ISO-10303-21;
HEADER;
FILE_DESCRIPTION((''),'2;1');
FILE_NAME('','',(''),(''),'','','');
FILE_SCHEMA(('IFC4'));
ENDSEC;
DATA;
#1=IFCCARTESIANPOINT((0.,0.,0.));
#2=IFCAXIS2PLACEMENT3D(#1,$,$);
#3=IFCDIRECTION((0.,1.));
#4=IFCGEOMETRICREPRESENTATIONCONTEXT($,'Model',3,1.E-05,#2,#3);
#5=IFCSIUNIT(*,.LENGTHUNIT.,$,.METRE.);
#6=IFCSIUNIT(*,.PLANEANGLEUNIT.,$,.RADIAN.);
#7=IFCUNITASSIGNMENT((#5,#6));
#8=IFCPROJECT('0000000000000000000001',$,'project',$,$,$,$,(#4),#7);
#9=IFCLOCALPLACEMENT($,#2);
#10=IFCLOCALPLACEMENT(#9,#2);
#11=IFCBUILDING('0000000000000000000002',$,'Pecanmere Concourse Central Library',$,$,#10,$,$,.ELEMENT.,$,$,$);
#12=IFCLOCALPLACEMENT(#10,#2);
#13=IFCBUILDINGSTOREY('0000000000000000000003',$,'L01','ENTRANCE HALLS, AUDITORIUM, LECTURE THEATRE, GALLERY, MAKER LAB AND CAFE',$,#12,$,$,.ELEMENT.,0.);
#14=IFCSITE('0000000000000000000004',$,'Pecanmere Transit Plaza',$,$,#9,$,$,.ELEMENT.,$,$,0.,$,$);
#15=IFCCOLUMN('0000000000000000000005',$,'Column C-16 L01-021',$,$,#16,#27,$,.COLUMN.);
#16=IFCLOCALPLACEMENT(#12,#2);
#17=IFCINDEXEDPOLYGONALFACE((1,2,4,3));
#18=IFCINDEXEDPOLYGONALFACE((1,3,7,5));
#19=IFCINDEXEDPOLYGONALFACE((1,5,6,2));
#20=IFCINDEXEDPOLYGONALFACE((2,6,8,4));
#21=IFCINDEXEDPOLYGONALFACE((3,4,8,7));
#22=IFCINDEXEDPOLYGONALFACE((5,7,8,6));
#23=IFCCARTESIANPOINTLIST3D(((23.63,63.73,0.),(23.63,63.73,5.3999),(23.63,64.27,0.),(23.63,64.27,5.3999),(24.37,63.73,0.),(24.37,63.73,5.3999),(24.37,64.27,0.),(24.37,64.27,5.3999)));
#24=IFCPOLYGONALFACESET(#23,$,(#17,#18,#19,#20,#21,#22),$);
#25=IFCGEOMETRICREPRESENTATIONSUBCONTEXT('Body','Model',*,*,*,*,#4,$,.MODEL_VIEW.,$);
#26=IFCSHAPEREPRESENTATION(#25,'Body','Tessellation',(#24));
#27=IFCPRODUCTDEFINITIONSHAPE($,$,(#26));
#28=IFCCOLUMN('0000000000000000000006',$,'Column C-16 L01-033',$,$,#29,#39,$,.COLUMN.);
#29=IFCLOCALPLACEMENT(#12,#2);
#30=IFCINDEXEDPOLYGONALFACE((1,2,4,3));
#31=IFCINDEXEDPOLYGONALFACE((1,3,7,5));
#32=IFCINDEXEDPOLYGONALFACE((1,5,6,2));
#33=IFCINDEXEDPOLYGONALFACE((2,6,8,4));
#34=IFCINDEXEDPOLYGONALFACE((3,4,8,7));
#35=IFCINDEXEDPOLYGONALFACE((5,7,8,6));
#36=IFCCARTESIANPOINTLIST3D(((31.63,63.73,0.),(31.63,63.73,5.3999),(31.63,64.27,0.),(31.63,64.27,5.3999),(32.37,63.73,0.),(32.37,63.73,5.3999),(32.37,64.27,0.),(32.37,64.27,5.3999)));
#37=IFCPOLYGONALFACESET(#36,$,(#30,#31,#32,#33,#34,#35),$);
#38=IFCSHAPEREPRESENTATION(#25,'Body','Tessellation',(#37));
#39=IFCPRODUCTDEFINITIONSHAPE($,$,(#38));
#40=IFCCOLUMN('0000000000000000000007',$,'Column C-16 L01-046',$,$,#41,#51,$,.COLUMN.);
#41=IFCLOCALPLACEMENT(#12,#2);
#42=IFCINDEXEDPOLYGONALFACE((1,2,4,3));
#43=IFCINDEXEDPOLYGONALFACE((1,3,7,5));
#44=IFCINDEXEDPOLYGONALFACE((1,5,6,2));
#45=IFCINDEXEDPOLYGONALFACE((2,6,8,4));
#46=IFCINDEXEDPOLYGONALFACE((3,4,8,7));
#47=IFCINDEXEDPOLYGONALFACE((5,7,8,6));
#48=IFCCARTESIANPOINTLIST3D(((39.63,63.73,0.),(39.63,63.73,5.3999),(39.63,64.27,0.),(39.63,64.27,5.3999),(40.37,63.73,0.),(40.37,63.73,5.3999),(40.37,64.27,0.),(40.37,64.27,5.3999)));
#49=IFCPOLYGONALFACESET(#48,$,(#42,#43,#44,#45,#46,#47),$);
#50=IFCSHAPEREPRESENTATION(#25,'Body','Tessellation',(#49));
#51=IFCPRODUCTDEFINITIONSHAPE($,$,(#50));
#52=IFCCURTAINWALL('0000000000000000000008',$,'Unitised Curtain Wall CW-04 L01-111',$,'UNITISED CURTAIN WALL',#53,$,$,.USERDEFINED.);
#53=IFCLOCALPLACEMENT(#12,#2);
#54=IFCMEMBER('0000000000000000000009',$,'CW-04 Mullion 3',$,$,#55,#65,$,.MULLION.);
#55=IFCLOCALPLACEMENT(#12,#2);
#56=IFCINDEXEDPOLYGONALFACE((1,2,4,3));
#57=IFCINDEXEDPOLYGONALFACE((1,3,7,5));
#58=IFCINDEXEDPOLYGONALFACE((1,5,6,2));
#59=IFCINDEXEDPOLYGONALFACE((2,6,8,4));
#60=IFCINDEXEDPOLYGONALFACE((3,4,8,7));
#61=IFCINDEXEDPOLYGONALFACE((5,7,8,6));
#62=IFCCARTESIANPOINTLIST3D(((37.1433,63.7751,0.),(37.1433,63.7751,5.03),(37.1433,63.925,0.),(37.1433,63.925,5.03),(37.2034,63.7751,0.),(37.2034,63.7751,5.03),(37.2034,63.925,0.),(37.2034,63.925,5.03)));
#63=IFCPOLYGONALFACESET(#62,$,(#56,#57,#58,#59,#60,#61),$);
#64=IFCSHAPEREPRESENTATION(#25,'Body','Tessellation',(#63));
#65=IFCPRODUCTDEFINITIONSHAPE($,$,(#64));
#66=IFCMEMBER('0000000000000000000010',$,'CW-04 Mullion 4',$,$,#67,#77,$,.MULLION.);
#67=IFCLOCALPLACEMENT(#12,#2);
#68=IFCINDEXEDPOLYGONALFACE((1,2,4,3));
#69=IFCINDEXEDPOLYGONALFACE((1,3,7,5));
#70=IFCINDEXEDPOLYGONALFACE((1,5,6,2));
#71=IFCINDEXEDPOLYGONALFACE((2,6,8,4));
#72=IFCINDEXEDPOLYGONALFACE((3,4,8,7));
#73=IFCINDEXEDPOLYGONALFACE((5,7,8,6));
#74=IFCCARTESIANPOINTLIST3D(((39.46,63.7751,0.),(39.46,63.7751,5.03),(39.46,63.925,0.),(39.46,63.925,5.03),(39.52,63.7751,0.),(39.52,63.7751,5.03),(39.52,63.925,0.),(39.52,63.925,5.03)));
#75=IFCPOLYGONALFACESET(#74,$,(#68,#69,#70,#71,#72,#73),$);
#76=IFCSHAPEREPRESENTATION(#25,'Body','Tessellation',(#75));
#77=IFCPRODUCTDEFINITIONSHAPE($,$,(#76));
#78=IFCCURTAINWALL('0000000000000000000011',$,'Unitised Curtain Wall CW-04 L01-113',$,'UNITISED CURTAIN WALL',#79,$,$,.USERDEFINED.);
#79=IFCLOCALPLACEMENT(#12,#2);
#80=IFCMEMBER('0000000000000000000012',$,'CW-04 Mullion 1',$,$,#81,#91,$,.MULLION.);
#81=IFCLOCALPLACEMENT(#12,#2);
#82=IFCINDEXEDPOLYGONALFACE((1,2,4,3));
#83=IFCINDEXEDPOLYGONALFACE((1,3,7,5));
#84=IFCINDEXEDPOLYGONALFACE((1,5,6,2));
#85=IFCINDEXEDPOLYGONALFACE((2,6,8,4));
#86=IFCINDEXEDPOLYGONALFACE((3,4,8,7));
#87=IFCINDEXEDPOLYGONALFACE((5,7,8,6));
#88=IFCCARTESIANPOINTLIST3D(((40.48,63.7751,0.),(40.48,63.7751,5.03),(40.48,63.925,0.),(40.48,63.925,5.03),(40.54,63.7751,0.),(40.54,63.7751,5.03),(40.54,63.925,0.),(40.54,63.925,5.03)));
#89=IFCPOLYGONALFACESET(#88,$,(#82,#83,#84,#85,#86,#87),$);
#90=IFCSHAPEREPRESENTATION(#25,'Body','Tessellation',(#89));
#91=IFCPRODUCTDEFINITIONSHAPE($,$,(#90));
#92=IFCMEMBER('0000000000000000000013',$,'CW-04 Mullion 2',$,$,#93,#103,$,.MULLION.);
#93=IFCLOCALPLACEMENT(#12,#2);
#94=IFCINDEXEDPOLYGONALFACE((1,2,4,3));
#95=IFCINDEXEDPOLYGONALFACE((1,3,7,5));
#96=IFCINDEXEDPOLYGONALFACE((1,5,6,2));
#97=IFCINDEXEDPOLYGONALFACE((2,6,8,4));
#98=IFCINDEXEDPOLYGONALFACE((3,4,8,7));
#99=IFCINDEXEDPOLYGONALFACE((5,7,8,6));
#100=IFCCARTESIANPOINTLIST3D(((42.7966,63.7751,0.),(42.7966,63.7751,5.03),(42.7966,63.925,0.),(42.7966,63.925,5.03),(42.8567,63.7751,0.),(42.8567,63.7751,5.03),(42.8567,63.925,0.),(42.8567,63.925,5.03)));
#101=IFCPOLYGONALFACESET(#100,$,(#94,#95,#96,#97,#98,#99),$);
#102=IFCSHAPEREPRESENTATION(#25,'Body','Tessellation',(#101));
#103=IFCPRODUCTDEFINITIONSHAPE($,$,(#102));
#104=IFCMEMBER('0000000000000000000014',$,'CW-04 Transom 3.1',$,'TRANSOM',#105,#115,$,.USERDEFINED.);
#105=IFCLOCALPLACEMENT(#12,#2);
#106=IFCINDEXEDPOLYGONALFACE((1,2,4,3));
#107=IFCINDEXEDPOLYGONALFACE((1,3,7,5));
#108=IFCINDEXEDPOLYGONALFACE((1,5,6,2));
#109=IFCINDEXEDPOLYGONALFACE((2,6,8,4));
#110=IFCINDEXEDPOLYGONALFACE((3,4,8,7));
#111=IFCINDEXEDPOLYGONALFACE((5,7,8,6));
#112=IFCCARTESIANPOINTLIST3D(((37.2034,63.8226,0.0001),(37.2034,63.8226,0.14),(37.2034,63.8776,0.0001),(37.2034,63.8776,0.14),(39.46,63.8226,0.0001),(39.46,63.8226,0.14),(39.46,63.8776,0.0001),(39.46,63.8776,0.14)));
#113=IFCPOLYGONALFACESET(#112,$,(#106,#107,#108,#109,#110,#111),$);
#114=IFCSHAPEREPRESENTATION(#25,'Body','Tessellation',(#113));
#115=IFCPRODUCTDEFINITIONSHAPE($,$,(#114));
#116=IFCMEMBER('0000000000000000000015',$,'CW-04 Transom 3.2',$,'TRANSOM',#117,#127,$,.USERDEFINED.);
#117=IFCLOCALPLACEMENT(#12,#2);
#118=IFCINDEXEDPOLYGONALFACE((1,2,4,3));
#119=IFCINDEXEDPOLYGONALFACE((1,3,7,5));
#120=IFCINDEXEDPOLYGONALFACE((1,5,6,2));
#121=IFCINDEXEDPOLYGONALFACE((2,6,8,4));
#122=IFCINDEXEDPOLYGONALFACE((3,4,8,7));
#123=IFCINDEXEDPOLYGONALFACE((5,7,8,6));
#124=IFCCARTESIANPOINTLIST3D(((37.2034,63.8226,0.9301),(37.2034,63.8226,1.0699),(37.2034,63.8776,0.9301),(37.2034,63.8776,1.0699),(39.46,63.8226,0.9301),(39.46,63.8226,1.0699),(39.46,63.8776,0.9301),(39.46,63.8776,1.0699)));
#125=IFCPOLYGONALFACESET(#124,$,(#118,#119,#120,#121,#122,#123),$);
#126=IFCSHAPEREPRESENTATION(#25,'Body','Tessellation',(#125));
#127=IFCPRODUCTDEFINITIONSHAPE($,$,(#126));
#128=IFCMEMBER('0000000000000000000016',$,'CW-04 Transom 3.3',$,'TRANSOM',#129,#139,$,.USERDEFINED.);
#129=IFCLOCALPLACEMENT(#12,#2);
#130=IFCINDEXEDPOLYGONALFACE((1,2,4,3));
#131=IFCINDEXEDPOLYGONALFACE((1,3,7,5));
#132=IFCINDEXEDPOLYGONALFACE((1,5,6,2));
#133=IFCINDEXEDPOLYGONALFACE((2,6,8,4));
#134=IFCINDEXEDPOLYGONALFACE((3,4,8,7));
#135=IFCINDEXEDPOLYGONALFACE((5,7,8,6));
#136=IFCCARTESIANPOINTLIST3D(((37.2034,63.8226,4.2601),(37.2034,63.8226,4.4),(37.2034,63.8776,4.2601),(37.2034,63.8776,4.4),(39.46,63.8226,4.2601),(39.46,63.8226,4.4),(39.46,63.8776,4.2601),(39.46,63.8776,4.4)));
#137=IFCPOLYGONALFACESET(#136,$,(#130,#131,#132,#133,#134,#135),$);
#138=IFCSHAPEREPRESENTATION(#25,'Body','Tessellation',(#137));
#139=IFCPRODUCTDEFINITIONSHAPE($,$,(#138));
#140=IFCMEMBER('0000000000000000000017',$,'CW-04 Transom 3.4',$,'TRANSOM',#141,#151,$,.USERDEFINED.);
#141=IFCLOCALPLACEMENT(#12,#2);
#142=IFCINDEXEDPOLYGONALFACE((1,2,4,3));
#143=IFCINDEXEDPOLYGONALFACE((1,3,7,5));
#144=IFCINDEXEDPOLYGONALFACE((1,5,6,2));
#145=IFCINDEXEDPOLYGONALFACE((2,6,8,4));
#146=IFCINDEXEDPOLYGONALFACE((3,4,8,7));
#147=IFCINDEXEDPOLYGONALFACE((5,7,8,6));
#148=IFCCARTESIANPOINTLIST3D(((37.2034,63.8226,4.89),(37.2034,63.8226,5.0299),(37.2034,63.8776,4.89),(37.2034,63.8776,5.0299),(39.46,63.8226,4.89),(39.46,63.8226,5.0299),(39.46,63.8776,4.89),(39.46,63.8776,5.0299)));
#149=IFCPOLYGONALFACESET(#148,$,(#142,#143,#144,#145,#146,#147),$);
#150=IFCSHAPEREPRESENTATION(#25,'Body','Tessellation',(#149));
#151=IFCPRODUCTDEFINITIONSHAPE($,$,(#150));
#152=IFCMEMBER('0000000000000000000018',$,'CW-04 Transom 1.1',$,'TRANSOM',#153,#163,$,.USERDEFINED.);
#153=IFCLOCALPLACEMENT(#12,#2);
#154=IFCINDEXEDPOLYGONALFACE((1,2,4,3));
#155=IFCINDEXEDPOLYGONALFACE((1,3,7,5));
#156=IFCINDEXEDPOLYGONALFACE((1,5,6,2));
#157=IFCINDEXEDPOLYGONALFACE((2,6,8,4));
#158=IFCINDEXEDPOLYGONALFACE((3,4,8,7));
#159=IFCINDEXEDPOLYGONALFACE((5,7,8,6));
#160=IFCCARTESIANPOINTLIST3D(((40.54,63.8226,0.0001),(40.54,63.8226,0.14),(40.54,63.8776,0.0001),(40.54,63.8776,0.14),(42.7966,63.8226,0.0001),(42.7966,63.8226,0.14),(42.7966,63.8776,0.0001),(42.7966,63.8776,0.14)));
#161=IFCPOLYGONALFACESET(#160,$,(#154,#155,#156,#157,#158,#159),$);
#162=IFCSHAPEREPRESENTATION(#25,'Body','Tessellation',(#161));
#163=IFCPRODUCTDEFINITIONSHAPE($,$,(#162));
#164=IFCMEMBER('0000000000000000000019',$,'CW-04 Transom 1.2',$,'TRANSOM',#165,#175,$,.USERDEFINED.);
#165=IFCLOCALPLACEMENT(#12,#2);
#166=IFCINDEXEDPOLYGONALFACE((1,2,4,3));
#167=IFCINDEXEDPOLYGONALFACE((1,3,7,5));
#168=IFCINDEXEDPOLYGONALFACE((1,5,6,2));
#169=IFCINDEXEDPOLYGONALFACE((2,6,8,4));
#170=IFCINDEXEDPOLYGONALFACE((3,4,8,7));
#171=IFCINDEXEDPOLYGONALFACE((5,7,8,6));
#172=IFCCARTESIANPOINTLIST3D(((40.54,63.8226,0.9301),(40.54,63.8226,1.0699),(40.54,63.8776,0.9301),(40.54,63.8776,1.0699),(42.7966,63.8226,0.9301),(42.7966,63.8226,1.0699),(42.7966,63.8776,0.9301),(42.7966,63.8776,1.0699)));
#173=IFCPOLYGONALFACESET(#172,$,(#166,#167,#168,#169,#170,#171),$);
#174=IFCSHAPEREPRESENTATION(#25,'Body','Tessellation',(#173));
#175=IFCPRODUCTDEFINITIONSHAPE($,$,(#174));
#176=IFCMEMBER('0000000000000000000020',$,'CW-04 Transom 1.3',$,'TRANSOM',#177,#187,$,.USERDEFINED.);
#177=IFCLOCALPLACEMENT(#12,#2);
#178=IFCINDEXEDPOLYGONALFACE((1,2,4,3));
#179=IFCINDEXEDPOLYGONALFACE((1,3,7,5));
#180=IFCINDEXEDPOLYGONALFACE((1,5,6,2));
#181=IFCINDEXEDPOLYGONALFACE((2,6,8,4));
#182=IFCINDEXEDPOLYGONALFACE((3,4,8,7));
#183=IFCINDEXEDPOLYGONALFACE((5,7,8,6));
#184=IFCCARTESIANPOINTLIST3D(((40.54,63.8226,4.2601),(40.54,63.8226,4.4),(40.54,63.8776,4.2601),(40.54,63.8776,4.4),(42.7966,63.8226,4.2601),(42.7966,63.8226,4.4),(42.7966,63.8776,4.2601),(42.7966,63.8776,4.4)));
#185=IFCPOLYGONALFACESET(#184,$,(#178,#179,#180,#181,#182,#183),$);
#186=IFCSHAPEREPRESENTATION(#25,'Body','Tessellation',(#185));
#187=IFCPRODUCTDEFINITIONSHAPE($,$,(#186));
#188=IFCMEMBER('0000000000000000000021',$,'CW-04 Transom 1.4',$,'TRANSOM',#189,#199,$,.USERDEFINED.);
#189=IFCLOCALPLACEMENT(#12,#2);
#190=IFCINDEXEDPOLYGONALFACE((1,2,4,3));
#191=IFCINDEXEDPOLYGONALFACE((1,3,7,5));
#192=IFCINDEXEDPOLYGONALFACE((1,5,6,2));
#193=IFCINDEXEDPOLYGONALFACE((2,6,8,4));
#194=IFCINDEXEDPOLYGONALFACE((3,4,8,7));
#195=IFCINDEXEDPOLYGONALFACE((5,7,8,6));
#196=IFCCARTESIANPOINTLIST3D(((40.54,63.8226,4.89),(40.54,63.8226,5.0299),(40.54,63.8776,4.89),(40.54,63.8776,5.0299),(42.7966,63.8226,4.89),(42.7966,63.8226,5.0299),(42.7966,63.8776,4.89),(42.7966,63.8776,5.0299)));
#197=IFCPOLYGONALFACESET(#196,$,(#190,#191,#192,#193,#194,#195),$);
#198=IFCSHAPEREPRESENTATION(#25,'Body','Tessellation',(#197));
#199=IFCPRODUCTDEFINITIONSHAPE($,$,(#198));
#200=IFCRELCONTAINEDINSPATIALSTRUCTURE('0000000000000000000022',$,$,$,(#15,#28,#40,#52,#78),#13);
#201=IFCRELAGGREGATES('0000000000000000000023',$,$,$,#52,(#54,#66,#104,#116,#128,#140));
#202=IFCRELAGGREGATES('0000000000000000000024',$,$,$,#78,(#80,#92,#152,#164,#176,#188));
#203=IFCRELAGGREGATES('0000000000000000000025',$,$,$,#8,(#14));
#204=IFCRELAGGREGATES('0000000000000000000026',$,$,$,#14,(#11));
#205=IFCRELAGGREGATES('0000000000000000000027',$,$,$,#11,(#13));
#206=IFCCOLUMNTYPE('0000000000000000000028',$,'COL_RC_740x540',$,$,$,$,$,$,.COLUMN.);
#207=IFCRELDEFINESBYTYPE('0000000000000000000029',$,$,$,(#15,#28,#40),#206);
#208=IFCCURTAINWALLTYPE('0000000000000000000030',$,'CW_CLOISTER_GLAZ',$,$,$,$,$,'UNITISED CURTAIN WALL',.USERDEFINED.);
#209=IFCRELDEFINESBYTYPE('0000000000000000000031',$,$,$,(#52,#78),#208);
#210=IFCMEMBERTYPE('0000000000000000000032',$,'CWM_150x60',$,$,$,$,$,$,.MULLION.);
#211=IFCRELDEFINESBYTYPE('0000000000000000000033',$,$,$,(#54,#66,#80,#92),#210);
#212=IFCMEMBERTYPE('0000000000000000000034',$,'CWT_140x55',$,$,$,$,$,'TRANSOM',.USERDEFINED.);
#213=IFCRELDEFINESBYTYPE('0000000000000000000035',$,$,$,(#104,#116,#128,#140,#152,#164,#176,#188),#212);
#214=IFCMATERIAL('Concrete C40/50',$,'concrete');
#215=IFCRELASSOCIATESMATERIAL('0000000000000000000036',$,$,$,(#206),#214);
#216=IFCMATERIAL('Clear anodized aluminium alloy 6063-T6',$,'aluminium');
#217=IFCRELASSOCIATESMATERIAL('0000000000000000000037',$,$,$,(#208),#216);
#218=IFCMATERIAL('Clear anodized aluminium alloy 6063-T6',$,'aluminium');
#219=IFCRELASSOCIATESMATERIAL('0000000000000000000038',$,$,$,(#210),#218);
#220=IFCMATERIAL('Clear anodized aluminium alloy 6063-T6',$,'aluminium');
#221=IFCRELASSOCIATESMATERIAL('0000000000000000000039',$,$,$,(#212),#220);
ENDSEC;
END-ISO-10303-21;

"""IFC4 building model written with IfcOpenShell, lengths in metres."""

from ifc_helpers import new_model, si_unit, direction, frame, origin, origin_2d, place, context, subcontext, project, spatial, rectangle, extrude, material, material_profile, profile_set, type_object, element, aggregate, save


model = new_model("IFC4")

# Units and contexts
model_context = context("Model", 3, precision=1e-05, world=origin(), true_north=direction((0.0, 1.0)))
body_context = subcontext(model_context, "Body", "Model", "MODEL_VIEW")
ifc_project = project(units=[si_unit("LENGTHUNIT", "METRE"), si_unit("PLANEANGLEUNIT", "RADIAN")], contexts=[model_context])

# Site, building, storey
site_placement = place(None, origin())
site = spatial("IfcSite", under=ifc_project, at=site_placement, Name="Pecanmere Transit Plaza", CompositionType="ELEMENT", RefElevation=0.0)
building_placement = place(site_placement, origin())
building = spatial("IfcBuilding", under=site, at=building_placement, Name="Pecanmere Concourse Central Library", CompositionType="ELEMENT")
storey_placement = place(building_placement, origin())
storey = spatial("IfcBuildingStorey", under=building, at=storey_placement, Name="L01", Description="ENTRANCE HALLS, AUDITORIUM, LECTURE THEATRE, GALLERY, MAKER LAB AND CAFE", CompositionType="ELEMENT", Elevation=0.0)

# Columns
ifc_material_1 = material(Name="Concrete C40/50", Category="concrete")
ifc_material_profile_1 = material_profile(ifc_material_1, rectangle(XDim=0.74, YDim=0.54, at=origin_2d()), Name="RC 740x540")
ifc_profile_set_1 = profile_set([ifc_material_profile_1], Name="Concrete C40/50")
column_type = type_object("IfcColumnType", Name="COL_RC_740x540", PredefinedType="COLUMN", material=ifc_profile_set_1)
for number, where, z_axis, x_axis, name in (
    (1, (24.0, 64.0, 0.0), (0.0, 0.0, 1.0), (1.0, 0.0, 0.0), "Column C-16 L01-021"),
    (2, (32.0, 64.0, 0.0), (0.0, 0.0, 1.0), (1.0, 0.0, 0.0), "Column C-16 L01-033"),
    (3, (40.0, 64.0, 0.0), (0.0, 0.0, 1.0), (1.0, 0.0, 0.0), "Column C-16 L01-046"),
):
    element("IfcColumn", number, at=place(storey_placement, frame(where, z_axis=z_axis, x_axis=x_axis)), inside=storey, type_object=column_type, Name=name, PredefinedType="COLUMN", context=body_context, shape_type="SweptSolid", body=[
        extrude(rectangle(XDim=0.74, YDim=0.54, at=origin_2d()), origin(), (0.0, 0.0, 1.0), 5.3999),
    ])

# Curtain walls, members
ifc_material_2 = material(Name="Clear anodized aluminium alloy 6063-T6", Category="aluminium")
curtain_wall_type = type_object("IfcCurtainWallType", Name="CW_CLOISTER_GLAZ", ElementType="UNITISED CURTAIN WALL", PredefinedType="USERDEFINED", material=ifc_material_2)
curtain_wall_1_placement = place(storey_placement, origin())
curtain_wall_1 = element("IfcCurtainWall", 4, at=curtain_wall_1_placement, inside=storey, type_object=curtain_wall_type, Name="Unitised Curtain Wall CW-04 L01-111", ObjectType="UNITISED CURTAIN WALL", PredefinedType="USERDEFINED")
ifc_material_3 = material(Name="Clear anodized aluminium alloy 6063-T6", Category="aluminium")
ifc_material_profile_2 = material_profile(ifc_material_3, rectangle(XDim=0.0601, YDim=0.1499, at=origin_2d()), Name="AL 60x150")
ifc_profile_set_2 = profile_set([ifc_material_profile_2], Name="Clear anodized aluminium alloy 6063-T6")
member_type_1 = type_object("IfcMemberType", Name="CWM_150x60", PredefinedType="MULLION", material=ifc_profile_set_2)
member_1_placement = place(storey_placement, frame((37.1733, 63.8501, 0.0), z_axis=(0.0, 0.0, 1.0), x_axis=(1.0, 0.0, 0.0)))
member_1 = element("IfcMember", 5, at=member_1_placement, type_object=member_type_1, Name="CW-04 Mullion 3", PredefinedType="MULLION", context=body_context, shape_type="SweptSolid", body=[
    extrude(rectangle(XDim=0.0601, YDim=0.1499, at=origin_2d()), origin(), (0.0, 0.0, 1.0), 5.03),
])
member_2_placement = place(storey_placement, frame((39.49, 63.8501, 0.0), z_axis=(0.0, 0.0, 1.0), x_axis=(1.0, 0.0, 0.0)))
member_2 = element("IfcMember", 6, at=member_2_placement, type_object=member_type_1, Name="CW-04 Mullion 4", PredefinedType="MULLION", context=body_context, shape_type="SweptSolid", body=[
    extrude(rectangle(XDim=0.0601, YDim=0.1499, at=origin_2d()), origin(), (0.0, 0.0, 1.0), 5.03),
])
curtain_wall_2_placement = place(storey_placement, origin())
curtain_wall_2 = element("IfcCurtainWall", 7, at=curtain_wall_2_placement, inside=storey, type_object=curtain_wall_type, Name="Unitised Curtain Wall CW-04 L01-113", ObjectType="UNITISED CURTAIN WALL", PredefinedType="USERDEFINED")
member_3_placement = place(storey_placement, frame((40.51, 63.8501, 0.0), z_axis=(0.0, 0.0, 1.0), x_axis=(1.0, 0.0, 0.0)))
member_3 = element("IfcMember", 8, at=member_3_placement, type_object=member_type_1, Name="CW-04 Mullion 1", PredefinedType="MULLION", context=body_context, shape_type="SweptSolid", body=[
    extrude(rectangle(XDim=0.0601, YDim=0.1499, at=origin_2d()), origin(), (0.0, 0.0, 1.0), 5.03),
])
member_4_placement = place(storey_placement, frame((42.8267, 63.8501, 0.0), z_axis=(0.0, 0.0, 1.0), x_axis=(1.0, 0.0, 0.0)))
member_4 = element("IfcMember", 9, at=member_4_placement, type_object=member_type_1, Name="CW-04 Mullion 2", PredefinedType="MULLION", context=body_context, shape_type="SweptSolid", body=[
    extrude(rectangle(XDim=0.0601, YDim=0.1499, at=origin_2d()), origin(), (0.0, 0.0, 1.0), 5.03),
])

# Members
ifc_material_4 = material(Name="Clear anodized aluminium alloy 6063-T6", Category="aluminium")
ifc_material_profile_3 = material_profile(ifc_material_4, rectangle(XDim=0.0549, YDim=0.1399, at=origin_2d()), Name="AL 55x140")
ifc_profile_set_3 = profile_set([ifc_material_profile_3], Name="Clear anodized aluminium alloy 6063-T6")
member_type_2 = type_object("IfcMemberType", Name="CWT_140x55", ElementType="TRANSOM", PredefinedType="USERDEFINED", material=ifc_profile_set_3)
member_5_placement = place(storey_placement, frame((37.2034, 63.8501, 0.0701), z_axis=(1.0, 0.0, 0.0), x_axis=(0.0, 1.0, 0.0)))
member_5 = element("IfcMember", 10, at=member_5_placement, type_object=member_type_2, Name="CW-04 Transom 3.1", ObjectType="TRANSOM", PredefinedType="USERDEFINED", context=body_context, shape_type="SweptSolid", body=[
    extrude(rectangle(XDim=0.0549, YDim=0.1399, at=origin_2d()), origin(), (0.0, 0.0, 1.0), 2.2566),
])
member_6_placement = place(storey_placement, frame((37.2034, 63.8501, 1.0), z_axis=(1.0, 0.0, 0.0), x_axis=(0.0, 1.0, 0.0)))
member_6 = element("IfcMember", 11, at=member_6_placement, type_object=member_type_2, Name="CW-04 Transom 3.2", ObjectType="TRANSOM", PredefinedType="USERDEFINED", context=body_context, shape_type="SweptSolid", body=[
    extrude(rectangle(XDim=0.0549, YDim=0.1399, at=origin_2d()), origin(), (0.0, 0.0, 1.0), 2.2566),
])
member_7_placement = place(storey_placement, frame((37.2034, 63.8501, 4.3301), z_axis=(1.0, 0.0, 0.0), x_axis=(0.0, 1.0, 0.0)))
member_7 = element("IfcMember", 12, at=member_7_placement, type_object=member_type_2, Name="CW-04 Transom 3.3", ObjectType="TRANSOM", PredefinedType="USERDEFINED", context=body_context, shape_type="SweptSolid", body=[
    extrude(rectangle(XDim=0.0549, YDim=0.1399, at=origin_2d()), origin(), (0.0, 0.0, 1.0), 2.2566),
])
member_8_placement = place(storey_placement, frame((37.2034, 63.8501, 4.96), z_axis=(1.0, 0.0, 0.0), x_axis=(0.0, 1.0, 0.0)))
member_8 = element("IfcMember", 13, at=member_8_placement, type_object=member_type_2, Name="CW-04 Transom 3.4", ObjectType="TRANSOM", PredefinedType="USERDEFINED", context=body_context, shape_type="SweptSolid", body=[
    extrude(rectangle(XDim=0.0549, YDim=0.1399, at=origin_2d()), origin(), (0.0, 0.0, 1.0), 2.2566),
])
member_9_placement = place(storey_placement, frame((40.54, 63.8501, 0.0701), z_axis=(1.0, 0.0, 0.0), x_axis=(0.0, 1.0, 0.0)))
member_9 = element("IfcMember", 14, at=member_9_placement, type_object=member_type_2, Name="CW-04 Transom 1.1", ObjectType="TRANSOM", PredefinedType="USERDEFINED", context=body_context, shape_type="SweptSolid", body=[
    extrude(rectangle(XDim=0.0549, YDim=0.1399, at=origin_2d()), origin(), (0.0, 0.0, 1.0), 2.2566),
])
member_10_placement = place(storey_placement, frame((40.54, 63.8501, 1.0), z_axis=(1.0, 0.0, 0.0), x_axis=(0.0, 1.0, 0.0)))
member_10 = element("IfcMember", 15, at=member_10_placement, type_object=member_type_2, Name="CW-04 Transom 1.2", ObjectType="TRANSOM", PredefinedType="USERDEFINED", context=body_context, shape_type="SweptSolid", body=[
    extrude(rectangle(XDim=0.0549, YDim=0.1399, at=origin_2d()), origin(), (0.0, 0.0, 1.0), 2.2566),
])
member_11_placement = place(storey_placement, frame((40.54, 63.8501, 4.3301), z_axis=(1.0, 0.0, 0.0), x_axis=(0.0, 1.0, 0.0)))
member_11 = element("IfcMember", 16, at=member_11_placement, type_object=member_type_2, Name="CW-04 Transom 1.3", ObjectType="TRANSOM", PredefinedType="USERDEFINED", context=body_context, shape_type="SweptSolid", body=[
    extrude(rectangle(XDim=0.0549, YDim=0.1399, at=origin_2d()), origin(), (0.0, 0.0, 1.0), 2.2566),
])
member_12_placement = place(storey_placement, frame((40.54, 63.8501, 4.96), z_axis=(1.0, 0.0, 0.0), x_axis=(0.0, 1.0, 0.0)))
member_12 = element("IfcMember", 17, at=member_12_placement, type_object=member_type_2, Name="CW-04 Transom 1.4", ObjectType="TRANSOM", PredefinedType="USERDEFINED", context=body_context, shape_type="SweptSolid", body=[
    extrude(rectangle(XDim=0.0549, YDim=0.1399, at=origin_2d()), origin(), (0.0, 0.0, 1.0), 2.2566),
])

aggregate(curtain_wall_1, [member_1, member_2, member_5, member_6, member_7, member_8])
aggregate(curtain_wall_2, [member_3, member_4, member_9, member_10, member_11, member_12])

save(model, "model.ifc")
